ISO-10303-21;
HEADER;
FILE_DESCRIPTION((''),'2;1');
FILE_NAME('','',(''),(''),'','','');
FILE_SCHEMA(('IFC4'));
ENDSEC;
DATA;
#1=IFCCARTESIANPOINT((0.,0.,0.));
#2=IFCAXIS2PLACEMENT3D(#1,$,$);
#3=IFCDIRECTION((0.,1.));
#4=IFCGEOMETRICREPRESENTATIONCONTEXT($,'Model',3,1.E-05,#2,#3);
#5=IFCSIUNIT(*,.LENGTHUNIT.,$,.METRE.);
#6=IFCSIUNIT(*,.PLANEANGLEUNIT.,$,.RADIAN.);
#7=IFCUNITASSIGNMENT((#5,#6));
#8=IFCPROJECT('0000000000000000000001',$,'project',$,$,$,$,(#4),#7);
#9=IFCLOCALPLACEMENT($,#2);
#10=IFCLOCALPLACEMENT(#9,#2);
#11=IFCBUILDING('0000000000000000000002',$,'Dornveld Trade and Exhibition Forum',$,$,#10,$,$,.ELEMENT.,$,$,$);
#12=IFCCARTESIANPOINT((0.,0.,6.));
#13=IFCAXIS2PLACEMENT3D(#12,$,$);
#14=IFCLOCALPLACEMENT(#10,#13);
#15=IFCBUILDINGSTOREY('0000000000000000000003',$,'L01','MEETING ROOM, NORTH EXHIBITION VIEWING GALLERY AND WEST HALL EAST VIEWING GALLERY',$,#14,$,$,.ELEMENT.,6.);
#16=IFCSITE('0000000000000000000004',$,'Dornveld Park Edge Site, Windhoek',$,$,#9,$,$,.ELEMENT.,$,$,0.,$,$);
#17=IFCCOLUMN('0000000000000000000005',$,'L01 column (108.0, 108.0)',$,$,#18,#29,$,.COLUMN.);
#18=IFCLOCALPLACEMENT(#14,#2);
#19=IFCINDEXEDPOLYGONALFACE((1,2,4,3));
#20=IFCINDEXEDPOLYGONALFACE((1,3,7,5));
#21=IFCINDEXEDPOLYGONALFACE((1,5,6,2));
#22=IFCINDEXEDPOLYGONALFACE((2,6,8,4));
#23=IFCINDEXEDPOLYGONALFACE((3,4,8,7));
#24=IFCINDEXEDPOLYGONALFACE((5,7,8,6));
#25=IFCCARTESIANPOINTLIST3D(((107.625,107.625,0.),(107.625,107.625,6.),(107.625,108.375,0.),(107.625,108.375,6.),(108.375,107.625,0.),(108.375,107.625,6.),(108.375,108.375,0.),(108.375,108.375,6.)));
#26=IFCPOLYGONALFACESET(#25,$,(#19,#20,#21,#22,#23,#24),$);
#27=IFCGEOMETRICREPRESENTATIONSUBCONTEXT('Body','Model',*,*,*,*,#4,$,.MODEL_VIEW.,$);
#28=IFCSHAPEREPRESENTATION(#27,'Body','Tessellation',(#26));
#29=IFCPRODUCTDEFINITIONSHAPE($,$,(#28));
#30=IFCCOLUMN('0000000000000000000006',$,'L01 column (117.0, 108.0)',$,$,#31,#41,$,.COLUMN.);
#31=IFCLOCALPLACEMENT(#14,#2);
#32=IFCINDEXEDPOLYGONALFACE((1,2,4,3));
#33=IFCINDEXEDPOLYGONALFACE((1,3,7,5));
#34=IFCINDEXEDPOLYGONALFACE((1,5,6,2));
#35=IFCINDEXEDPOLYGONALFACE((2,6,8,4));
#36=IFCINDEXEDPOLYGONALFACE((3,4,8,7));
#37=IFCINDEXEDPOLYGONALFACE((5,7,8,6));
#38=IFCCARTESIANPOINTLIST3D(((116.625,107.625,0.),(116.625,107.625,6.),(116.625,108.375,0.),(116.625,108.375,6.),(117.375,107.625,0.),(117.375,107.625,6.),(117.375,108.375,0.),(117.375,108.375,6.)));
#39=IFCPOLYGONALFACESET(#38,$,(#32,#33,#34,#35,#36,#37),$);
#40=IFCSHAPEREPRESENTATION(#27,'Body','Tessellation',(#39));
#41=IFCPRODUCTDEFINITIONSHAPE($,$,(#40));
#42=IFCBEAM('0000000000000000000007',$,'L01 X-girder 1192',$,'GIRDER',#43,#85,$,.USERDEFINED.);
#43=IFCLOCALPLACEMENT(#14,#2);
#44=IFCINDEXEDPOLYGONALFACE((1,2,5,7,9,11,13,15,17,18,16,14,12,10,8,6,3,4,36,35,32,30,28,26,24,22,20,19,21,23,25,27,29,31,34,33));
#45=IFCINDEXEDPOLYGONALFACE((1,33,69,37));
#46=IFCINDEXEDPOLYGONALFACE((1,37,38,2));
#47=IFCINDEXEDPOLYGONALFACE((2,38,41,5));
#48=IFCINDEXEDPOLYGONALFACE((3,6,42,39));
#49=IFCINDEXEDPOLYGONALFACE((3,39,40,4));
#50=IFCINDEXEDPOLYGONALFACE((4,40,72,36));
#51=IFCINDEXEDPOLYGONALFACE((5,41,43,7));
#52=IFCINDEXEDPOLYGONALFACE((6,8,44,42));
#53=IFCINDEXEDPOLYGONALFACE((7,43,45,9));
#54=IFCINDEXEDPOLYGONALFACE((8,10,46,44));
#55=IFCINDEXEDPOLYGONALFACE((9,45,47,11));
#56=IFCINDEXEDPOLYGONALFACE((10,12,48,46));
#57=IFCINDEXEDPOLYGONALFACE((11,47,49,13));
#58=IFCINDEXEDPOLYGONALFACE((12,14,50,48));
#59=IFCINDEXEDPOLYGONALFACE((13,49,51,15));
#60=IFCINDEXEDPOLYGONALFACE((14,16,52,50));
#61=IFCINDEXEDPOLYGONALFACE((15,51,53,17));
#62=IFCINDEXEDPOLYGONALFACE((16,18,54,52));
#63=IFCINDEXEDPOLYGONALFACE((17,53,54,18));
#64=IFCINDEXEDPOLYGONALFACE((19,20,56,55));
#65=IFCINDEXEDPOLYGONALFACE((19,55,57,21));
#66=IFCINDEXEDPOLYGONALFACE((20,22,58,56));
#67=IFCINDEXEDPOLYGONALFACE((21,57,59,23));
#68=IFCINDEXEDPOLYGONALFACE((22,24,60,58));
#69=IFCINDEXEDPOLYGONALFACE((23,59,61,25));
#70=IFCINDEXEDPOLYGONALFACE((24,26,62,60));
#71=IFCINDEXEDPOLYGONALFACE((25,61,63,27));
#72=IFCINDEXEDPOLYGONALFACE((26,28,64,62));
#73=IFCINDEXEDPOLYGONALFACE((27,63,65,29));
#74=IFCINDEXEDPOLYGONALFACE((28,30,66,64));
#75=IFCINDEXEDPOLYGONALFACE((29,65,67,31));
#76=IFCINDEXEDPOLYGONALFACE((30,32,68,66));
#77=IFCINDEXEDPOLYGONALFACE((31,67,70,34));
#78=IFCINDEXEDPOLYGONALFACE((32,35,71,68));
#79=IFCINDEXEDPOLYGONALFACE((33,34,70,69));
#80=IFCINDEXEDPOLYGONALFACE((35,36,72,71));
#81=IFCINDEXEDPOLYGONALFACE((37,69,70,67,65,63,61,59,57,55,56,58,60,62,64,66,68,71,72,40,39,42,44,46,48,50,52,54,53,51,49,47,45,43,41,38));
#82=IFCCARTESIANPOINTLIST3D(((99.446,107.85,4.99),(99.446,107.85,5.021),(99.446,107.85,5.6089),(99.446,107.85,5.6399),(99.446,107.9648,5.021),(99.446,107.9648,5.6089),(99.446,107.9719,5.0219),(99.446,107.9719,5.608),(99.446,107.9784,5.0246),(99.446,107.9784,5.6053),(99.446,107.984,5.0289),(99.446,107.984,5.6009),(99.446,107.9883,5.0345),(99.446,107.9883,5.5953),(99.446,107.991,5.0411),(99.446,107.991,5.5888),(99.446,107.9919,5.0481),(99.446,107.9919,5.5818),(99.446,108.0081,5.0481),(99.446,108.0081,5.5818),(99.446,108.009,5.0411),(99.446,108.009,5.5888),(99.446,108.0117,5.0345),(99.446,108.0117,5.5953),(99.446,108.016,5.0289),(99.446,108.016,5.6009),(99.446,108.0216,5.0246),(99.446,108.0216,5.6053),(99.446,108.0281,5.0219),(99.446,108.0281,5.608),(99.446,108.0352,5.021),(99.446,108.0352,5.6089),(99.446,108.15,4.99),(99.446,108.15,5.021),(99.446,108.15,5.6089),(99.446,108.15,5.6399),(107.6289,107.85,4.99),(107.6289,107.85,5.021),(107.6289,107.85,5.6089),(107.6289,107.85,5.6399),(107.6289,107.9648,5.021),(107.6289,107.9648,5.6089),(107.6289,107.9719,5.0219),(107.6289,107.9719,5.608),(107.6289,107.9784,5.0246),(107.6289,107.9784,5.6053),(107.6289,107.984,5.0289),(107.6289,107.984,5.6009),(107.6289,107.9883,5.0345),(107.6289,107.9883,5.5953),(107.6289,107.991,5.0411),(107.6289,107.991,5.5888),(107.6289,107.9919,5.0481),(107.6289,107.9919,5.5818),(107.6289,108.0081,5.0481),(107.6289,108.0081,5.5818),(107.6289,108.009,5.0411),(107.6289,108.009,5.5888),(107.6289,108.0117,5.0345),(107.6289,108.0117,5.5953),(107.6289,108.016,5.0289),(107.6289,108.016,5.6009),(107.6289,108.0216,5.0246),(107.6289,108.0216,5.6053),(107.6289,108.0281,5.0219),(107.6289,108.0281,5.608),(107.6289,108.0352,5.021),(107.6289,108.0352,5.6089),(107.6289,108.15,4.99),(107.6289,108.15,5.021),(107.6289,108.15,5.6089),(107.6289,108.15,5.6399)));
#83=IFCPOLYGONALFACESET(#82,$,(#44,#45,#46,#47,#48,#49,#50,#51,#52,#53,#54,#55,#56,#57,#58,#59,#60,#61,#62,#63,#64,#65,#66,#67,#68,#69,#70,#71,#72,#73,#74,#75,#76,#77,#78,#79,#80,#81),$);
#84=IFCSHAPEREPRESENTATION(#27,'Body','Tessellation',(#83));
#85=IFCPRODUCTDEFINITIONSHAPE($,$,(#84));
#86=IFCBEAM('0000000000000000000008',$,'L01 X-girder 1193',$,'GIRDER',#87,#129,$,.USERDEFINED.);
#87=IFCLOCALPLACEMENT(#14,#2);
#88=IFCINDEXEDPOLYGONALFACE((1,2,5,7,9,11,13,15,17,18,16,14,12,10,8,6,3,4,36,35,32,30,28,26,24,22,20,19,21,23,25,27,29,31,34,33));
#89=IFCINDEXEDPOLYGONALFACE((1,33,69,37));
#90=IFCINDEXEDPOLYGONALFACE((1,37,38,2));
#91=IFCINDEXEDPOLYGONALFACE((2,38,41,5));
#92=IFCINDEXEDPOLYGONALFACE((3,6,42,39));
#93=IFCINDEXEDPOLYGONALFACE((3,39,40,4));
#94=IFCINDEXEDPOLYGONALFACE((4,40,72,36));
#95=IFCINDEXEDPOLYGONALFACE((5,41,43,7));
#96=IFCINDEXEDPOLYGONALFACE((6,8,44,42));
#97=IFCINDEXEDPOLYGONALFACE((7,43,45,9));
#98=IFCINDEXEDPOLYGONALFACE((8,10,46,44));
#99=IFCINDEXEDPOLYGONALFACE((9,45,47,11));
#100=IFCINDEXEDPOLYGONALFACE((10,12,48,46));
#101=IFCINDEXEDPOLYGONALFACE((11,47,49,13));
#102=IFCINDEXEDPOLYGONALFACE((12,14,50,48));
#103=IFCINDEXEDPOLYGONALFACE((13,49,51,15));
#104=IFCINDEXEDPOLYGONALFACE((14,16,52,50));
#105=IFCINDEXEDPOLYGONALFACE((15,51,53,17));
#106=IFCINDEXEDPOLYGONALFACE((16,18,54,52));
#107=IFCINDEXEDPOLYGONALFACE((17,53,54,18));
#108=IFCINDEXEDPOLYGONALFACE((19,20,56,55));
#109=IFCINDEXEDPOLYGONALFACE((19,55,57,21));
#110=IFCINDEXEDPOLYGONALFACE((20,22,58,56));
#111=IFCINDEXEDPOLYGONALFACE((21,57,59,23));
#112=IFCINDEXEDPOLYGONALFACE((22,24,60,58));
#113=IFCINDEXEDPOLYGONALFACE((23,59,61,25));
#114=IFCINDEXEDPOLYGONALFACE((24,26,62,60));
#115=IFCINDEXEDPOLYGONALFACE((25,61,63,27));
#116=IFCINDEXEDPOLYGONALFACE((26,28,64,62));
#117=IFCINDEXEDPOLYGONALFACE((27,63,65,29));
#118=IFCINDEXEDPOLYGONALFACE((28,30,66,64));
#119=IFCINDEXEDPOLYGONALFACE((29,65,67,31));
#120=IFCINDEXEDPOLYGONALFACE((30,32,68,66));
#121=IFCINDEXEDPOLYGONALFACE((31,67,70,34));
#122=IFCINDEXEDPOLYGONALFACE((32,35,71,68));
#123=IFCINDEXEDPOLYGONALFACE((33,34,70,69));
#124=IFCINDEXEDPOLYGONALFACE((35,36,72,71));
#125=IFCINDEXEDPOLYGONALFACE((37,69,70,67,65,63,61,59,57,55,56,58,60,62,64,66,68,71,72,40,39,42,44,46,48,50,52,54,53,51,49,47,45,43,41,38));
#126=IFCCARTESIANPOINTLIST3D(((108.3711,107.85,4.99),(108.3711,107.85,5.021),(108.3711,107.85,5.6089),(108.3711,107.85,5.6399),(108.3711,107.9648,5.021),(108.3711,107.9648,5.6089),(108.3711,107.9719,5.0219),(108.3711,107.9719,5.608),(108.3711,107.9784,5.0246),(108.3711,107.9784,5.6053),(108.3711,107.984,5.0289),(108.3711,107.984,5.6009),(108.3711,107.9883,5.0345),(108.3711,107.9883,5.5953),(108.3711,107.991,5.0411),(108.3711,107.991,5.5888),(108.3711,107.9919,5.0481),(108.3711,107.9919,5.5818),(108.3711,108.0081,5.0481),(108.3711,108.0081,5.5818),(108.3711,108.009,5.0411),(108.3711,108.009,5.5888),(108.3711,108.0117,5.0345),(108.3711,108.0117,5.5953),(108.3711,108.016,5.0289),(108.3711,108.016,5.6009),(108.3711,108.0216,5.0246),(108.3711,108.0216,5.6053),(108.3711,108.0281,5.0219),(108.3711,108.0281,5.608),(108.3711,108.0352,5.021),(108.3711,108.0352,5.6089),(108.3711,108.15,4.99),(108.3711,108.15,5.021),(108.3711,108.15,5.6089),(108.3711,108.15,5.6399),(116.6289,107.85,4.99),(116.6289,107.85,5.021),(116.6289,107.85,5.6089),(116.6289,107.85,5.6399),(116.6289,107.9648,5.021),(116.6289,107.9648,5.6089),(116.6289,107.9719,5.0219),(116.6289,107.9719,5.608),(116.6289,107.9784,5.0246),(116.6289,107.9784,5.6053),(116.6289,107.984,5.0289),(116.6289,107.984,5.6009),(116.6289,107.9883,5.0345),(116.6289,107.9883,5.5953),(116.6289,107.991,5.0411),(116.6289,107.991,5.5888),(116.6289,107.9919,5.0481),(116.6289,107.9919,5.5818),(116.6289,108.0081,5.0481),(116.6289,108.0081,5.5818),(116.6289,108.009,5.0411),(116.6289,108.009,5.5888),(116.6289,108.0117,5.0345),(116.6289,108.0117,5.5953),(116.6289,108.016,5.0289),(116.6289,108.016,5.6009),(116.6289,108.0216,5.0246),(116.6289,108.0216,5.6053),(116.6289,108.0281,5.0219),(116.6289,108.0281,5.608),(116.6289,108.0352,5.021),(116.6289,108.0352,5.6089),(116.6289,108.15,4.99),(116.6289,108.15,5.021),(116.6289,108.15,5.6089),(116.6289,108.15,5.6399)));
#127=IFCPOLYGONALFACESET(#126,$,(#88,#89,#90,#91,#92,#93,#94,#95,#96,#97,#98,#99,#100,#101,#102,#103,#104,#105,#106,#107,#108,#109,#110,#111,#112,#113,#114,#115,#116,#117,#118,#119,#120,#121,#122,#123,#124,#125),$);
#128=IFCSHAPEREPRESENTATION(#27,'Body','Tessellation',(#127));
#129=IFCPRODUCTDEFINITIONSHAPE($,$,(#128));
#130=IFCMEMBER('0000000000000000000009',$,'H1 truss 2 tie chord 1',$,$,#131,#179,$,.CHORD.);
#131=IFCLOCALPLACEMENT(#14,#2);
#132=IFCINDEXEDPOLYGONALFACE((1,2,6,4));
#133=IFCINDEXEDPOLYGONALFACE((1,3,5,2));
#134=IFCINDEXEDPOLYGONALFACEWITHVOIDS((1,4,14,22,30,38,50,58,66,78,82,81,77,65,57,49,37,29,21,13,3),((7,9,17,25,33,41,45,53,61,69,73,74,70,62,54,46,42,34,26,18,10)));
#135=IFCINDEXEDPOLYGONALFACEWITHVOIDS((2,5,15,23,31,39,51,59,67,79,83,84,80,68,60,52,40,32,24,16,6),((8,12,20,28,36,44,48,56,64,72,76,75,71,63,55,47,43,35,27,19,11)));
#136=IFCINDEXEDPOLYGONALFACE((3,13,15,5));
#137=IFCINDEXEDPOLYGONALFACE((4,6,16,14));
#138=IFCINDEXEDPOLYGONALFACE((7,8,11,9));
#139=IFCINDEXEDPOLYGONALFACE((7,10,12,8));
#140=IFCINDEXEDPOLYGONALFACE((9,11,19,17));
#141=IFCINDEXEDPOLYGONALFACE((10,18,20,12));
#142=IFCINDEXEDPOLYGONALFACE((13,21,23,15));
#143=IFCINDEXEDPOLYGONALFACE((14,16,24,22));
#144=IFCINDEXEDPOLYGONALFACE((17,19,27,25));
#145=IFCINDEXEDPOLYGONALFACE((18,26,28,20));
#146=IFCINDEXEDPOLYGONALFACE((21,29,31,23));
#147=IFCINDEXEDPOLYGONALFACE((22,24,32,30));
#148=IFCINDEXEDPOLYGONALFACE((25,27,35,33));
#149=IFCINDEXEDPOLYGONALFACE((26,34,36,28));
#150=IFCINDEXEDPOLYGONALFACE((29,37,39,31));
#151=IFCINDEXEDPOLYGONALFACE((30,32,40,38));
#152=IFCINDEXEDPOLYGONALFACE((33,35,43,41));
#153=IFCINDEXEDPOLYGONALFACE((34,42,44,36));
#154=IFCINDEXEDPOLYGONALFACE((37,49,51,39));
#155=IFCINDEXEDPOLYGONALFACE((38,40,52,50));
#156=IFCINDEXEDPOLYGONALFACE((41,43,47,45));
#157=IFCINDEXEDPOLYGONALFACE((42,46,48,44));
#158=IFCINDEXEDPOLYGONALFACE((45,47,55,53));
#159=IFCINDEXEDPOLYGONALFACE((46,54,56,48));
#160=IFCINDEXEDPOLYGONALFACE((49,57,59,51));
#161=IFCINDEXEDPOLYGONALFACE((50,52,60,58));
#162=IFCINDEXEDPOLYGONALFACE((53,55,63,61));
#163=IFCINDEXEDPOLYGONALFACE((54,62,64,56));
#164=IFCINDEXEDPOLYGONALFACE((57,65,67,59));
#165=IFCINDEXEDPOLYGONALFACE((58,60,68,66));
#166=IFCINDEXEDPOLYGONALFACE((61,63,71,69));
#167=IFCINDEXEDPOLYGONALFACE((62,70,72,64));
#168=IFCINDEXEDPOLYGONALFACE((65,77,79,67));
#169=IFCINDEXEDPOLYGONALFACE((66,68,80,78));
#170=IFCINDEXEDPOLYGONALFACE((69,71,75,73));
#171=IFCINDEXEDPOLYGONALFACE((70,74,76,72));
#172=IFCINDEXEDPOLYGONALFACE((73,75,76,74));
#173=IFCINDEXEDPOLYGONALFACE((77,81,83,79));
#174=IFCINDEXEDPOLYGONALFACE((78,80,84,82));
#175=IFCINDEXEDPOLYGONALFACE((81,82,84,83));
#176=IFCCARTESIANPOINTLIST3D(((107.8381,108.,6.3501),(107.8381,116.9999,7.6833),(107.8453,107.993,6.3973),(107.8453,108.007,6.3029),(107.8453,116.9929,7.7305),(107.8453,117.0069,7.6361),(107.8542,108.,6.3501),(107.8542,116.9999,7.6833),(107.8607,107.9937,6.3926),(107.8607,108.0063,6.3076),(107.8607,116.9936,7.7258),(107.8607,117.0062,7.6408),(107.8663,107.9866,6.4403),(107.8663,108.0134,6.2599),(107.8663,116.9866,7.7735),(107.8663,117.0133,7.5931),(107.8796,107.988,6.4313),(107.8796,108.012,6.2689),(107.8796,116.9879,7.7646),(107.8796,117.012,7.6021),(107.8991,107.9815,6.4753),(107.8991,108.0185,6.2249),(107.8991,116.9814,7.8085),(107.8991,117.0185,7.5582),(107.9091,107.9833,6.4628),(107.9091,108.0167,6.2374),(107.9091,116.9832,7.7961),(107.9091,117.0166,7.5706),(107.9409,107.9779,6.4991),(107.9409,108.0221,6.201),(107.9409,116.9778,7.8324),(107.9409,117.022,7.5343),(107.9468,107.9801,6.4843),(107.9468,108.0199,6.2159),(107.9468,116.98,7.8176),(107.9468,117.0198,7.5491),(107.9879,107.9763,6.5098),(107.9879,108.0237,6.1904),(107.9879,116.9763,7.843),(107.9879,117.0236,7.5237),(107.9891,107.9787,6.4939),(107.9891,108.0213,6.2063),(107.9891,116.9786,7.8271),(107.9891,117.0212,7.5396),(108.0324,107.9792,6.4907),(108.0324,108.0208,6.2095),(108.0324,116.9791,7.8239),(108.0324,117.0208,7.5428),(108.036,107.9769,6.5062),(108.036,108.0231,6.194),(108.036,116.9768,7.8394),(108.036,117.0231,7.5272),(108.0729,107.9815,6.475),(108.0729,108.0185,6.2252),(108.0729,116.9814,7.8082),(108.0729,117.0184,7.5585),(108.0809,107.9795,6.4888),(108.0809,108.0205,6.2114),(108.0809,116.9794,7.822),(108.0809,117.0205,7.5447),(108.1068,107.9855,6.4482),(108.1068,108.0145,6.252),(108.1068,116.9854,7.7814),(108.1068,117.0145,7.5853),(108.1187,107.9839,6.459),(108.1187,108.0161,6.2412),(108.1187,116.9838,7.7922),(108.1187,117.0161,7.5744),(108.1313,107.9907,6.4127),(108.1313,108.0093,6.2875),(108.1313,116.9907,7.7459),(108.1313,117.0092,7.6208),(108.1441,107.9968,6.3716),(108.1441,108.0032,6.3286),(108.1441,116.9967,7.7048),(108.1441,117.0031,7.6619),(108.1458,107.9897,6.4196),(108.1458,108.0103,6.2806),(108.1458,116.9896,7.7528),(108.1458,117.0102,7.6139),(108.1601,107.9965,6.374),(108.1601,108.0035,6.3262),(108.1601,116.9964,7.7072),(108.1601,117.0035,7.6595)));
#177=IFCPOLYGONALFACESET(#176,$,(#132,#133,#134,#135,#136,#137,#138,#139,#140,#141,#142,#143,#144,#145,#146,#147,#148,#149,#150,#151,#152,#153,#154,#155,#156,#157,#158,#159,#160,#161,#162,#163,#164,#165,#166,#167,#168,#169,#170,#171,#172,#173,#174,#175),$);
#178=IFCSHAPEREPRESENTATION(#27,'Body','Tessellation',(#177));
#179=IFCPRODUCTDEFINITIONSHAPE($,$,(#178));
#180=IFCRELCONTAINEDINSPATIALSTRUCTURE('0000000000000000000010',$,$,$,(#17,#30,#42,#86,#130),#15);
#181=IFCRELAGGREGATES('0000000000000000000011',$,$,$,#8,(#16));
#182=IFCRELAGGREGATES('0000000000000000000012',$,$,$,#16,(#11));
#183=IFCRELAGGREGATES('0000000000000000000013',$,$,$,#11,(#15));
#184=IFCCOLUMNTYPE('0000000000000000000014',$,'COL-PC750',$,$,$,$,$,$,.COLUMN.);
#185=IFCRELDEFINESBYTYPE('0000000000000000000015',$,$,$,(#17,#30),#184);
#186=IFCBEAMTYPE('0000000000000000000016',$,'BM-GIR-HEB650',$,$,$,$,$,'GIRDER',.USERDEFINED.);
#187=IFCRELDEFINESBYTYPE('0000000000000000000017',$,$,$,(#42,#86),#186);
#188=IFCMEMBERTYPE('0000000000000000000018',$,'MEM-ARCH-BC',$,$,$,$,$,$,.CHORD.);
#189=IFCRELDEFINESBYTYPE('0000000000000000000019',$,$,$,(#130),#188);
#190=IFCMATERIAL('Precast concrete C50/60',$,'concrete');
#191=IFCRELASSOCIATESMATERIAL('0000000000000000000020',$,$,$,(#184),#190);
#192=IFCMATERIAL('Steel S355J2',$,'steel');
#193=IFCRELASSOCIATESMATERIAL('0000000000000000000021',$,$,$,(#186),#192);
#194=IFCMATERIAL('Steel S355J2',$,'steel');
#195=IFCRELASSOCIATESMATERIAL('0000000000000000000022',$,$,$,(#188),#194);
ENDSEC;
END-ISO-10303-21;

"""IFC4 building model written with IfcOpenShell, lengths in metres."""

from ifc_helpers import new_model, si_unit, direction, frame, origin, origin_2d, place, context, subcontext, project, spatial, rectangle, hollow_circle, i_section, extrude, material, material_profile, profile_set, type_object, element, save


model = new_model("IFC4")

# Units and contexts
model_context = context("Model", 3, precision=1e-05, world=origin(), true_north=direction((0.0, 1.0)))
body_context = subcontext(model_context, "Body", "Model", "MODEL_VIEW")
ifc_project = project(units=[si_unit("LENGTHUNIT", "METRE"), si_unit("PLANEANGLEUNIT", "RADIAN")], contexts=[model_context])

# Site, building, storey
site_placement = place(None, origin())
site = spatial("IfcSite", under=ifc_project, at=site_placement, Name="Dornveld Park Edge Site, Windhoek", CompositionType="ELEMENT", RefElevation=0.0)
building_placement = place(site_placement, origin())
building = spatial("IfcBuilding", under=site, at=building_placement, Name="Dornveld Trade and Exhibition Forum", CompositionType="ELEMENT")
storey_placement = place(building_placement, frame((0.0, 0.0, 6.0)))
storey = spatial("IfcBuildingStorey", under=building, at=storey_placement, Name="L01", Description="MEETING ROOM, NORTH EXHIBITION VIEWING GALLERY AND WEST HALL EAST VIEWING GALLERY", CompositionType="ELEMENT", Elevation=6.0)

# Columns
ifc_material_1 = material(Name="Precast concrete C50/60", Category="concrete")
ifc_material_profile_1 = material_profile(ifc_material_1, rectangle(XDim=0.75, YDim=0.75, at=origin_2d()), Name="PC-COL 750x750")
ifc_profile_set_1 = profile_set([ifc_material_profile_1], Name="Precast concrete C50/60")
column_type = type_object("IfcColumnType", Name="COL-PC750", PredefinedType="COLUMN", material=ifc_profile_set_1)
for number, where, z_axis, x_axis, name in (
    (1, (108.0, 108.0, 0.0), (0.0, 0.0, 1.0), (1.0, 0.0, 0.0), "L01 column (108.0, 108.0)"),
    (2, (117.0, 108.0, 0.0), (0.0, 0.0, 1.0), (1.0, 0.0, 0.0), "L01 column (117.0, 108.0)"),
):
    element("IfcColumn", number, at=place(storey_placement, frame(where, z_axis=z_axis, x_axis=x_axis)), inside=storey, type_object=column_type, Name=name, PredefinedType="COLUMN", context=body_context, shape_type="SweptSolid", body=[
        extrude(rectangle(XDim=0.75, YDim=0.75, at=origin_2d()), origin(), (0.0, 0.0, 1.0), 6.0),
    ])

# Beams
ifc_material_2 = material(Name="Steel S355J2", Category="steel")
ifc_material_profile_2 = material_profile(ifc_material_2, i_section(OverallWidth=0.3, OverallDepth=0.6499, WebThickness=0.0161, FlangeThickness=0.031, FilletRadius=0.0271, at=origin_2d()), Name="HEB 650")
ifc_profile_set_2 = profile_set([ifc_material_profile_2], Name="Steel S355J2")
beam_type = type_object("IfcBeamType", Name="BM-GIR-HEB650", ElementType="GIRDER", PredefinedType="USERDEFINED", material=ifc_profile_set_2)
beam_1_placement = place(storey_placement, frame((99.446, 108.0, 5.3149), z_axis=(1.0, 0.0, 0.0), x_axis=(0.0, 1.0, 0.0)))
element("IfcBeam", 3, at=beam_1_placement, inside=storey, type_object=beam_type, Name="L01 X-girder 1192", ObjectType="GIRDER", PredefinedType="USERDEFINED", context=body_context, shape_type="SweptSolid", body=[
    extrude(i_section(OverallWidth=0.3, OverallDepth=0.6499, WebThickness=0.0161, FlangeThickness=0.031, FilletRadius=0.0271, at=origin_2d()), origin(), (0.0, 0.0, 1.0), 8.1829),
])
beam_2_placement = place(storey_placement, frame((108.3711, 108.0, 5.3149), z_axis=(1.0, 0.0, 0.0), x_axis=(0.0, 1.0, 0.0)))
element("IfcBeam", 4, at=beam_2_placement, inside=storey, type_object=beam_type, Name="L01 X-girder 1193", ObjectType="GIRDER", PredefinedType="USERDEFINED", context=body_context, shape_type="SweptSolid", body=[
    extrude(i_section(OverallWidth=0.3, OverallDepth=0.6499, WebThickness=0.0161, FlangeThickness=0.031, FilletRadius=0.0271, at=origin_2d()), origin(), (0.0, 0.0, 1.0), 8.2578),
])

# Member
ifc_material_3 = material(Name="Steel S355J2", Category="steel")
ifc_material_profile_3 = material_profile(ifc_material_3, hollow_circle(Radius=0.1619, WallThickness=0.0161, at=origin_2d()), Name="CHS 323.9x16")
ifc_profile_set_3 = profile_set([ifc_material_profile_3], Name="Steel S355J2")
member_type_1 = type_object("IfcMemberType", Name="MEM-ARCH-BC", PredefinedType="CHORD", material=ifc_profile_set_3)
member_1_placement = place(storey_placement, frame((108.0, 108.0, 6.3501), z_axis=(0.0, 0.989205, 0.14654), x_axis=(-1.0, 0.0, 0.0)))
element("IfcMember", 5, at=member_1_placement, inside=storey, type_object=member_type_1, Name="H1 truss 2 tie chord 1", PredefinedType="CHORD", context=body_context, shape_type="SweptSolid", body=[
    extrude(hollow_circle(Radius=0.1619, WallThickness=0.0161, at=origin_2d()), origin(), (0.0, 0.0, 1.0), 9.0981),
])

save(model, "model.ifc")
